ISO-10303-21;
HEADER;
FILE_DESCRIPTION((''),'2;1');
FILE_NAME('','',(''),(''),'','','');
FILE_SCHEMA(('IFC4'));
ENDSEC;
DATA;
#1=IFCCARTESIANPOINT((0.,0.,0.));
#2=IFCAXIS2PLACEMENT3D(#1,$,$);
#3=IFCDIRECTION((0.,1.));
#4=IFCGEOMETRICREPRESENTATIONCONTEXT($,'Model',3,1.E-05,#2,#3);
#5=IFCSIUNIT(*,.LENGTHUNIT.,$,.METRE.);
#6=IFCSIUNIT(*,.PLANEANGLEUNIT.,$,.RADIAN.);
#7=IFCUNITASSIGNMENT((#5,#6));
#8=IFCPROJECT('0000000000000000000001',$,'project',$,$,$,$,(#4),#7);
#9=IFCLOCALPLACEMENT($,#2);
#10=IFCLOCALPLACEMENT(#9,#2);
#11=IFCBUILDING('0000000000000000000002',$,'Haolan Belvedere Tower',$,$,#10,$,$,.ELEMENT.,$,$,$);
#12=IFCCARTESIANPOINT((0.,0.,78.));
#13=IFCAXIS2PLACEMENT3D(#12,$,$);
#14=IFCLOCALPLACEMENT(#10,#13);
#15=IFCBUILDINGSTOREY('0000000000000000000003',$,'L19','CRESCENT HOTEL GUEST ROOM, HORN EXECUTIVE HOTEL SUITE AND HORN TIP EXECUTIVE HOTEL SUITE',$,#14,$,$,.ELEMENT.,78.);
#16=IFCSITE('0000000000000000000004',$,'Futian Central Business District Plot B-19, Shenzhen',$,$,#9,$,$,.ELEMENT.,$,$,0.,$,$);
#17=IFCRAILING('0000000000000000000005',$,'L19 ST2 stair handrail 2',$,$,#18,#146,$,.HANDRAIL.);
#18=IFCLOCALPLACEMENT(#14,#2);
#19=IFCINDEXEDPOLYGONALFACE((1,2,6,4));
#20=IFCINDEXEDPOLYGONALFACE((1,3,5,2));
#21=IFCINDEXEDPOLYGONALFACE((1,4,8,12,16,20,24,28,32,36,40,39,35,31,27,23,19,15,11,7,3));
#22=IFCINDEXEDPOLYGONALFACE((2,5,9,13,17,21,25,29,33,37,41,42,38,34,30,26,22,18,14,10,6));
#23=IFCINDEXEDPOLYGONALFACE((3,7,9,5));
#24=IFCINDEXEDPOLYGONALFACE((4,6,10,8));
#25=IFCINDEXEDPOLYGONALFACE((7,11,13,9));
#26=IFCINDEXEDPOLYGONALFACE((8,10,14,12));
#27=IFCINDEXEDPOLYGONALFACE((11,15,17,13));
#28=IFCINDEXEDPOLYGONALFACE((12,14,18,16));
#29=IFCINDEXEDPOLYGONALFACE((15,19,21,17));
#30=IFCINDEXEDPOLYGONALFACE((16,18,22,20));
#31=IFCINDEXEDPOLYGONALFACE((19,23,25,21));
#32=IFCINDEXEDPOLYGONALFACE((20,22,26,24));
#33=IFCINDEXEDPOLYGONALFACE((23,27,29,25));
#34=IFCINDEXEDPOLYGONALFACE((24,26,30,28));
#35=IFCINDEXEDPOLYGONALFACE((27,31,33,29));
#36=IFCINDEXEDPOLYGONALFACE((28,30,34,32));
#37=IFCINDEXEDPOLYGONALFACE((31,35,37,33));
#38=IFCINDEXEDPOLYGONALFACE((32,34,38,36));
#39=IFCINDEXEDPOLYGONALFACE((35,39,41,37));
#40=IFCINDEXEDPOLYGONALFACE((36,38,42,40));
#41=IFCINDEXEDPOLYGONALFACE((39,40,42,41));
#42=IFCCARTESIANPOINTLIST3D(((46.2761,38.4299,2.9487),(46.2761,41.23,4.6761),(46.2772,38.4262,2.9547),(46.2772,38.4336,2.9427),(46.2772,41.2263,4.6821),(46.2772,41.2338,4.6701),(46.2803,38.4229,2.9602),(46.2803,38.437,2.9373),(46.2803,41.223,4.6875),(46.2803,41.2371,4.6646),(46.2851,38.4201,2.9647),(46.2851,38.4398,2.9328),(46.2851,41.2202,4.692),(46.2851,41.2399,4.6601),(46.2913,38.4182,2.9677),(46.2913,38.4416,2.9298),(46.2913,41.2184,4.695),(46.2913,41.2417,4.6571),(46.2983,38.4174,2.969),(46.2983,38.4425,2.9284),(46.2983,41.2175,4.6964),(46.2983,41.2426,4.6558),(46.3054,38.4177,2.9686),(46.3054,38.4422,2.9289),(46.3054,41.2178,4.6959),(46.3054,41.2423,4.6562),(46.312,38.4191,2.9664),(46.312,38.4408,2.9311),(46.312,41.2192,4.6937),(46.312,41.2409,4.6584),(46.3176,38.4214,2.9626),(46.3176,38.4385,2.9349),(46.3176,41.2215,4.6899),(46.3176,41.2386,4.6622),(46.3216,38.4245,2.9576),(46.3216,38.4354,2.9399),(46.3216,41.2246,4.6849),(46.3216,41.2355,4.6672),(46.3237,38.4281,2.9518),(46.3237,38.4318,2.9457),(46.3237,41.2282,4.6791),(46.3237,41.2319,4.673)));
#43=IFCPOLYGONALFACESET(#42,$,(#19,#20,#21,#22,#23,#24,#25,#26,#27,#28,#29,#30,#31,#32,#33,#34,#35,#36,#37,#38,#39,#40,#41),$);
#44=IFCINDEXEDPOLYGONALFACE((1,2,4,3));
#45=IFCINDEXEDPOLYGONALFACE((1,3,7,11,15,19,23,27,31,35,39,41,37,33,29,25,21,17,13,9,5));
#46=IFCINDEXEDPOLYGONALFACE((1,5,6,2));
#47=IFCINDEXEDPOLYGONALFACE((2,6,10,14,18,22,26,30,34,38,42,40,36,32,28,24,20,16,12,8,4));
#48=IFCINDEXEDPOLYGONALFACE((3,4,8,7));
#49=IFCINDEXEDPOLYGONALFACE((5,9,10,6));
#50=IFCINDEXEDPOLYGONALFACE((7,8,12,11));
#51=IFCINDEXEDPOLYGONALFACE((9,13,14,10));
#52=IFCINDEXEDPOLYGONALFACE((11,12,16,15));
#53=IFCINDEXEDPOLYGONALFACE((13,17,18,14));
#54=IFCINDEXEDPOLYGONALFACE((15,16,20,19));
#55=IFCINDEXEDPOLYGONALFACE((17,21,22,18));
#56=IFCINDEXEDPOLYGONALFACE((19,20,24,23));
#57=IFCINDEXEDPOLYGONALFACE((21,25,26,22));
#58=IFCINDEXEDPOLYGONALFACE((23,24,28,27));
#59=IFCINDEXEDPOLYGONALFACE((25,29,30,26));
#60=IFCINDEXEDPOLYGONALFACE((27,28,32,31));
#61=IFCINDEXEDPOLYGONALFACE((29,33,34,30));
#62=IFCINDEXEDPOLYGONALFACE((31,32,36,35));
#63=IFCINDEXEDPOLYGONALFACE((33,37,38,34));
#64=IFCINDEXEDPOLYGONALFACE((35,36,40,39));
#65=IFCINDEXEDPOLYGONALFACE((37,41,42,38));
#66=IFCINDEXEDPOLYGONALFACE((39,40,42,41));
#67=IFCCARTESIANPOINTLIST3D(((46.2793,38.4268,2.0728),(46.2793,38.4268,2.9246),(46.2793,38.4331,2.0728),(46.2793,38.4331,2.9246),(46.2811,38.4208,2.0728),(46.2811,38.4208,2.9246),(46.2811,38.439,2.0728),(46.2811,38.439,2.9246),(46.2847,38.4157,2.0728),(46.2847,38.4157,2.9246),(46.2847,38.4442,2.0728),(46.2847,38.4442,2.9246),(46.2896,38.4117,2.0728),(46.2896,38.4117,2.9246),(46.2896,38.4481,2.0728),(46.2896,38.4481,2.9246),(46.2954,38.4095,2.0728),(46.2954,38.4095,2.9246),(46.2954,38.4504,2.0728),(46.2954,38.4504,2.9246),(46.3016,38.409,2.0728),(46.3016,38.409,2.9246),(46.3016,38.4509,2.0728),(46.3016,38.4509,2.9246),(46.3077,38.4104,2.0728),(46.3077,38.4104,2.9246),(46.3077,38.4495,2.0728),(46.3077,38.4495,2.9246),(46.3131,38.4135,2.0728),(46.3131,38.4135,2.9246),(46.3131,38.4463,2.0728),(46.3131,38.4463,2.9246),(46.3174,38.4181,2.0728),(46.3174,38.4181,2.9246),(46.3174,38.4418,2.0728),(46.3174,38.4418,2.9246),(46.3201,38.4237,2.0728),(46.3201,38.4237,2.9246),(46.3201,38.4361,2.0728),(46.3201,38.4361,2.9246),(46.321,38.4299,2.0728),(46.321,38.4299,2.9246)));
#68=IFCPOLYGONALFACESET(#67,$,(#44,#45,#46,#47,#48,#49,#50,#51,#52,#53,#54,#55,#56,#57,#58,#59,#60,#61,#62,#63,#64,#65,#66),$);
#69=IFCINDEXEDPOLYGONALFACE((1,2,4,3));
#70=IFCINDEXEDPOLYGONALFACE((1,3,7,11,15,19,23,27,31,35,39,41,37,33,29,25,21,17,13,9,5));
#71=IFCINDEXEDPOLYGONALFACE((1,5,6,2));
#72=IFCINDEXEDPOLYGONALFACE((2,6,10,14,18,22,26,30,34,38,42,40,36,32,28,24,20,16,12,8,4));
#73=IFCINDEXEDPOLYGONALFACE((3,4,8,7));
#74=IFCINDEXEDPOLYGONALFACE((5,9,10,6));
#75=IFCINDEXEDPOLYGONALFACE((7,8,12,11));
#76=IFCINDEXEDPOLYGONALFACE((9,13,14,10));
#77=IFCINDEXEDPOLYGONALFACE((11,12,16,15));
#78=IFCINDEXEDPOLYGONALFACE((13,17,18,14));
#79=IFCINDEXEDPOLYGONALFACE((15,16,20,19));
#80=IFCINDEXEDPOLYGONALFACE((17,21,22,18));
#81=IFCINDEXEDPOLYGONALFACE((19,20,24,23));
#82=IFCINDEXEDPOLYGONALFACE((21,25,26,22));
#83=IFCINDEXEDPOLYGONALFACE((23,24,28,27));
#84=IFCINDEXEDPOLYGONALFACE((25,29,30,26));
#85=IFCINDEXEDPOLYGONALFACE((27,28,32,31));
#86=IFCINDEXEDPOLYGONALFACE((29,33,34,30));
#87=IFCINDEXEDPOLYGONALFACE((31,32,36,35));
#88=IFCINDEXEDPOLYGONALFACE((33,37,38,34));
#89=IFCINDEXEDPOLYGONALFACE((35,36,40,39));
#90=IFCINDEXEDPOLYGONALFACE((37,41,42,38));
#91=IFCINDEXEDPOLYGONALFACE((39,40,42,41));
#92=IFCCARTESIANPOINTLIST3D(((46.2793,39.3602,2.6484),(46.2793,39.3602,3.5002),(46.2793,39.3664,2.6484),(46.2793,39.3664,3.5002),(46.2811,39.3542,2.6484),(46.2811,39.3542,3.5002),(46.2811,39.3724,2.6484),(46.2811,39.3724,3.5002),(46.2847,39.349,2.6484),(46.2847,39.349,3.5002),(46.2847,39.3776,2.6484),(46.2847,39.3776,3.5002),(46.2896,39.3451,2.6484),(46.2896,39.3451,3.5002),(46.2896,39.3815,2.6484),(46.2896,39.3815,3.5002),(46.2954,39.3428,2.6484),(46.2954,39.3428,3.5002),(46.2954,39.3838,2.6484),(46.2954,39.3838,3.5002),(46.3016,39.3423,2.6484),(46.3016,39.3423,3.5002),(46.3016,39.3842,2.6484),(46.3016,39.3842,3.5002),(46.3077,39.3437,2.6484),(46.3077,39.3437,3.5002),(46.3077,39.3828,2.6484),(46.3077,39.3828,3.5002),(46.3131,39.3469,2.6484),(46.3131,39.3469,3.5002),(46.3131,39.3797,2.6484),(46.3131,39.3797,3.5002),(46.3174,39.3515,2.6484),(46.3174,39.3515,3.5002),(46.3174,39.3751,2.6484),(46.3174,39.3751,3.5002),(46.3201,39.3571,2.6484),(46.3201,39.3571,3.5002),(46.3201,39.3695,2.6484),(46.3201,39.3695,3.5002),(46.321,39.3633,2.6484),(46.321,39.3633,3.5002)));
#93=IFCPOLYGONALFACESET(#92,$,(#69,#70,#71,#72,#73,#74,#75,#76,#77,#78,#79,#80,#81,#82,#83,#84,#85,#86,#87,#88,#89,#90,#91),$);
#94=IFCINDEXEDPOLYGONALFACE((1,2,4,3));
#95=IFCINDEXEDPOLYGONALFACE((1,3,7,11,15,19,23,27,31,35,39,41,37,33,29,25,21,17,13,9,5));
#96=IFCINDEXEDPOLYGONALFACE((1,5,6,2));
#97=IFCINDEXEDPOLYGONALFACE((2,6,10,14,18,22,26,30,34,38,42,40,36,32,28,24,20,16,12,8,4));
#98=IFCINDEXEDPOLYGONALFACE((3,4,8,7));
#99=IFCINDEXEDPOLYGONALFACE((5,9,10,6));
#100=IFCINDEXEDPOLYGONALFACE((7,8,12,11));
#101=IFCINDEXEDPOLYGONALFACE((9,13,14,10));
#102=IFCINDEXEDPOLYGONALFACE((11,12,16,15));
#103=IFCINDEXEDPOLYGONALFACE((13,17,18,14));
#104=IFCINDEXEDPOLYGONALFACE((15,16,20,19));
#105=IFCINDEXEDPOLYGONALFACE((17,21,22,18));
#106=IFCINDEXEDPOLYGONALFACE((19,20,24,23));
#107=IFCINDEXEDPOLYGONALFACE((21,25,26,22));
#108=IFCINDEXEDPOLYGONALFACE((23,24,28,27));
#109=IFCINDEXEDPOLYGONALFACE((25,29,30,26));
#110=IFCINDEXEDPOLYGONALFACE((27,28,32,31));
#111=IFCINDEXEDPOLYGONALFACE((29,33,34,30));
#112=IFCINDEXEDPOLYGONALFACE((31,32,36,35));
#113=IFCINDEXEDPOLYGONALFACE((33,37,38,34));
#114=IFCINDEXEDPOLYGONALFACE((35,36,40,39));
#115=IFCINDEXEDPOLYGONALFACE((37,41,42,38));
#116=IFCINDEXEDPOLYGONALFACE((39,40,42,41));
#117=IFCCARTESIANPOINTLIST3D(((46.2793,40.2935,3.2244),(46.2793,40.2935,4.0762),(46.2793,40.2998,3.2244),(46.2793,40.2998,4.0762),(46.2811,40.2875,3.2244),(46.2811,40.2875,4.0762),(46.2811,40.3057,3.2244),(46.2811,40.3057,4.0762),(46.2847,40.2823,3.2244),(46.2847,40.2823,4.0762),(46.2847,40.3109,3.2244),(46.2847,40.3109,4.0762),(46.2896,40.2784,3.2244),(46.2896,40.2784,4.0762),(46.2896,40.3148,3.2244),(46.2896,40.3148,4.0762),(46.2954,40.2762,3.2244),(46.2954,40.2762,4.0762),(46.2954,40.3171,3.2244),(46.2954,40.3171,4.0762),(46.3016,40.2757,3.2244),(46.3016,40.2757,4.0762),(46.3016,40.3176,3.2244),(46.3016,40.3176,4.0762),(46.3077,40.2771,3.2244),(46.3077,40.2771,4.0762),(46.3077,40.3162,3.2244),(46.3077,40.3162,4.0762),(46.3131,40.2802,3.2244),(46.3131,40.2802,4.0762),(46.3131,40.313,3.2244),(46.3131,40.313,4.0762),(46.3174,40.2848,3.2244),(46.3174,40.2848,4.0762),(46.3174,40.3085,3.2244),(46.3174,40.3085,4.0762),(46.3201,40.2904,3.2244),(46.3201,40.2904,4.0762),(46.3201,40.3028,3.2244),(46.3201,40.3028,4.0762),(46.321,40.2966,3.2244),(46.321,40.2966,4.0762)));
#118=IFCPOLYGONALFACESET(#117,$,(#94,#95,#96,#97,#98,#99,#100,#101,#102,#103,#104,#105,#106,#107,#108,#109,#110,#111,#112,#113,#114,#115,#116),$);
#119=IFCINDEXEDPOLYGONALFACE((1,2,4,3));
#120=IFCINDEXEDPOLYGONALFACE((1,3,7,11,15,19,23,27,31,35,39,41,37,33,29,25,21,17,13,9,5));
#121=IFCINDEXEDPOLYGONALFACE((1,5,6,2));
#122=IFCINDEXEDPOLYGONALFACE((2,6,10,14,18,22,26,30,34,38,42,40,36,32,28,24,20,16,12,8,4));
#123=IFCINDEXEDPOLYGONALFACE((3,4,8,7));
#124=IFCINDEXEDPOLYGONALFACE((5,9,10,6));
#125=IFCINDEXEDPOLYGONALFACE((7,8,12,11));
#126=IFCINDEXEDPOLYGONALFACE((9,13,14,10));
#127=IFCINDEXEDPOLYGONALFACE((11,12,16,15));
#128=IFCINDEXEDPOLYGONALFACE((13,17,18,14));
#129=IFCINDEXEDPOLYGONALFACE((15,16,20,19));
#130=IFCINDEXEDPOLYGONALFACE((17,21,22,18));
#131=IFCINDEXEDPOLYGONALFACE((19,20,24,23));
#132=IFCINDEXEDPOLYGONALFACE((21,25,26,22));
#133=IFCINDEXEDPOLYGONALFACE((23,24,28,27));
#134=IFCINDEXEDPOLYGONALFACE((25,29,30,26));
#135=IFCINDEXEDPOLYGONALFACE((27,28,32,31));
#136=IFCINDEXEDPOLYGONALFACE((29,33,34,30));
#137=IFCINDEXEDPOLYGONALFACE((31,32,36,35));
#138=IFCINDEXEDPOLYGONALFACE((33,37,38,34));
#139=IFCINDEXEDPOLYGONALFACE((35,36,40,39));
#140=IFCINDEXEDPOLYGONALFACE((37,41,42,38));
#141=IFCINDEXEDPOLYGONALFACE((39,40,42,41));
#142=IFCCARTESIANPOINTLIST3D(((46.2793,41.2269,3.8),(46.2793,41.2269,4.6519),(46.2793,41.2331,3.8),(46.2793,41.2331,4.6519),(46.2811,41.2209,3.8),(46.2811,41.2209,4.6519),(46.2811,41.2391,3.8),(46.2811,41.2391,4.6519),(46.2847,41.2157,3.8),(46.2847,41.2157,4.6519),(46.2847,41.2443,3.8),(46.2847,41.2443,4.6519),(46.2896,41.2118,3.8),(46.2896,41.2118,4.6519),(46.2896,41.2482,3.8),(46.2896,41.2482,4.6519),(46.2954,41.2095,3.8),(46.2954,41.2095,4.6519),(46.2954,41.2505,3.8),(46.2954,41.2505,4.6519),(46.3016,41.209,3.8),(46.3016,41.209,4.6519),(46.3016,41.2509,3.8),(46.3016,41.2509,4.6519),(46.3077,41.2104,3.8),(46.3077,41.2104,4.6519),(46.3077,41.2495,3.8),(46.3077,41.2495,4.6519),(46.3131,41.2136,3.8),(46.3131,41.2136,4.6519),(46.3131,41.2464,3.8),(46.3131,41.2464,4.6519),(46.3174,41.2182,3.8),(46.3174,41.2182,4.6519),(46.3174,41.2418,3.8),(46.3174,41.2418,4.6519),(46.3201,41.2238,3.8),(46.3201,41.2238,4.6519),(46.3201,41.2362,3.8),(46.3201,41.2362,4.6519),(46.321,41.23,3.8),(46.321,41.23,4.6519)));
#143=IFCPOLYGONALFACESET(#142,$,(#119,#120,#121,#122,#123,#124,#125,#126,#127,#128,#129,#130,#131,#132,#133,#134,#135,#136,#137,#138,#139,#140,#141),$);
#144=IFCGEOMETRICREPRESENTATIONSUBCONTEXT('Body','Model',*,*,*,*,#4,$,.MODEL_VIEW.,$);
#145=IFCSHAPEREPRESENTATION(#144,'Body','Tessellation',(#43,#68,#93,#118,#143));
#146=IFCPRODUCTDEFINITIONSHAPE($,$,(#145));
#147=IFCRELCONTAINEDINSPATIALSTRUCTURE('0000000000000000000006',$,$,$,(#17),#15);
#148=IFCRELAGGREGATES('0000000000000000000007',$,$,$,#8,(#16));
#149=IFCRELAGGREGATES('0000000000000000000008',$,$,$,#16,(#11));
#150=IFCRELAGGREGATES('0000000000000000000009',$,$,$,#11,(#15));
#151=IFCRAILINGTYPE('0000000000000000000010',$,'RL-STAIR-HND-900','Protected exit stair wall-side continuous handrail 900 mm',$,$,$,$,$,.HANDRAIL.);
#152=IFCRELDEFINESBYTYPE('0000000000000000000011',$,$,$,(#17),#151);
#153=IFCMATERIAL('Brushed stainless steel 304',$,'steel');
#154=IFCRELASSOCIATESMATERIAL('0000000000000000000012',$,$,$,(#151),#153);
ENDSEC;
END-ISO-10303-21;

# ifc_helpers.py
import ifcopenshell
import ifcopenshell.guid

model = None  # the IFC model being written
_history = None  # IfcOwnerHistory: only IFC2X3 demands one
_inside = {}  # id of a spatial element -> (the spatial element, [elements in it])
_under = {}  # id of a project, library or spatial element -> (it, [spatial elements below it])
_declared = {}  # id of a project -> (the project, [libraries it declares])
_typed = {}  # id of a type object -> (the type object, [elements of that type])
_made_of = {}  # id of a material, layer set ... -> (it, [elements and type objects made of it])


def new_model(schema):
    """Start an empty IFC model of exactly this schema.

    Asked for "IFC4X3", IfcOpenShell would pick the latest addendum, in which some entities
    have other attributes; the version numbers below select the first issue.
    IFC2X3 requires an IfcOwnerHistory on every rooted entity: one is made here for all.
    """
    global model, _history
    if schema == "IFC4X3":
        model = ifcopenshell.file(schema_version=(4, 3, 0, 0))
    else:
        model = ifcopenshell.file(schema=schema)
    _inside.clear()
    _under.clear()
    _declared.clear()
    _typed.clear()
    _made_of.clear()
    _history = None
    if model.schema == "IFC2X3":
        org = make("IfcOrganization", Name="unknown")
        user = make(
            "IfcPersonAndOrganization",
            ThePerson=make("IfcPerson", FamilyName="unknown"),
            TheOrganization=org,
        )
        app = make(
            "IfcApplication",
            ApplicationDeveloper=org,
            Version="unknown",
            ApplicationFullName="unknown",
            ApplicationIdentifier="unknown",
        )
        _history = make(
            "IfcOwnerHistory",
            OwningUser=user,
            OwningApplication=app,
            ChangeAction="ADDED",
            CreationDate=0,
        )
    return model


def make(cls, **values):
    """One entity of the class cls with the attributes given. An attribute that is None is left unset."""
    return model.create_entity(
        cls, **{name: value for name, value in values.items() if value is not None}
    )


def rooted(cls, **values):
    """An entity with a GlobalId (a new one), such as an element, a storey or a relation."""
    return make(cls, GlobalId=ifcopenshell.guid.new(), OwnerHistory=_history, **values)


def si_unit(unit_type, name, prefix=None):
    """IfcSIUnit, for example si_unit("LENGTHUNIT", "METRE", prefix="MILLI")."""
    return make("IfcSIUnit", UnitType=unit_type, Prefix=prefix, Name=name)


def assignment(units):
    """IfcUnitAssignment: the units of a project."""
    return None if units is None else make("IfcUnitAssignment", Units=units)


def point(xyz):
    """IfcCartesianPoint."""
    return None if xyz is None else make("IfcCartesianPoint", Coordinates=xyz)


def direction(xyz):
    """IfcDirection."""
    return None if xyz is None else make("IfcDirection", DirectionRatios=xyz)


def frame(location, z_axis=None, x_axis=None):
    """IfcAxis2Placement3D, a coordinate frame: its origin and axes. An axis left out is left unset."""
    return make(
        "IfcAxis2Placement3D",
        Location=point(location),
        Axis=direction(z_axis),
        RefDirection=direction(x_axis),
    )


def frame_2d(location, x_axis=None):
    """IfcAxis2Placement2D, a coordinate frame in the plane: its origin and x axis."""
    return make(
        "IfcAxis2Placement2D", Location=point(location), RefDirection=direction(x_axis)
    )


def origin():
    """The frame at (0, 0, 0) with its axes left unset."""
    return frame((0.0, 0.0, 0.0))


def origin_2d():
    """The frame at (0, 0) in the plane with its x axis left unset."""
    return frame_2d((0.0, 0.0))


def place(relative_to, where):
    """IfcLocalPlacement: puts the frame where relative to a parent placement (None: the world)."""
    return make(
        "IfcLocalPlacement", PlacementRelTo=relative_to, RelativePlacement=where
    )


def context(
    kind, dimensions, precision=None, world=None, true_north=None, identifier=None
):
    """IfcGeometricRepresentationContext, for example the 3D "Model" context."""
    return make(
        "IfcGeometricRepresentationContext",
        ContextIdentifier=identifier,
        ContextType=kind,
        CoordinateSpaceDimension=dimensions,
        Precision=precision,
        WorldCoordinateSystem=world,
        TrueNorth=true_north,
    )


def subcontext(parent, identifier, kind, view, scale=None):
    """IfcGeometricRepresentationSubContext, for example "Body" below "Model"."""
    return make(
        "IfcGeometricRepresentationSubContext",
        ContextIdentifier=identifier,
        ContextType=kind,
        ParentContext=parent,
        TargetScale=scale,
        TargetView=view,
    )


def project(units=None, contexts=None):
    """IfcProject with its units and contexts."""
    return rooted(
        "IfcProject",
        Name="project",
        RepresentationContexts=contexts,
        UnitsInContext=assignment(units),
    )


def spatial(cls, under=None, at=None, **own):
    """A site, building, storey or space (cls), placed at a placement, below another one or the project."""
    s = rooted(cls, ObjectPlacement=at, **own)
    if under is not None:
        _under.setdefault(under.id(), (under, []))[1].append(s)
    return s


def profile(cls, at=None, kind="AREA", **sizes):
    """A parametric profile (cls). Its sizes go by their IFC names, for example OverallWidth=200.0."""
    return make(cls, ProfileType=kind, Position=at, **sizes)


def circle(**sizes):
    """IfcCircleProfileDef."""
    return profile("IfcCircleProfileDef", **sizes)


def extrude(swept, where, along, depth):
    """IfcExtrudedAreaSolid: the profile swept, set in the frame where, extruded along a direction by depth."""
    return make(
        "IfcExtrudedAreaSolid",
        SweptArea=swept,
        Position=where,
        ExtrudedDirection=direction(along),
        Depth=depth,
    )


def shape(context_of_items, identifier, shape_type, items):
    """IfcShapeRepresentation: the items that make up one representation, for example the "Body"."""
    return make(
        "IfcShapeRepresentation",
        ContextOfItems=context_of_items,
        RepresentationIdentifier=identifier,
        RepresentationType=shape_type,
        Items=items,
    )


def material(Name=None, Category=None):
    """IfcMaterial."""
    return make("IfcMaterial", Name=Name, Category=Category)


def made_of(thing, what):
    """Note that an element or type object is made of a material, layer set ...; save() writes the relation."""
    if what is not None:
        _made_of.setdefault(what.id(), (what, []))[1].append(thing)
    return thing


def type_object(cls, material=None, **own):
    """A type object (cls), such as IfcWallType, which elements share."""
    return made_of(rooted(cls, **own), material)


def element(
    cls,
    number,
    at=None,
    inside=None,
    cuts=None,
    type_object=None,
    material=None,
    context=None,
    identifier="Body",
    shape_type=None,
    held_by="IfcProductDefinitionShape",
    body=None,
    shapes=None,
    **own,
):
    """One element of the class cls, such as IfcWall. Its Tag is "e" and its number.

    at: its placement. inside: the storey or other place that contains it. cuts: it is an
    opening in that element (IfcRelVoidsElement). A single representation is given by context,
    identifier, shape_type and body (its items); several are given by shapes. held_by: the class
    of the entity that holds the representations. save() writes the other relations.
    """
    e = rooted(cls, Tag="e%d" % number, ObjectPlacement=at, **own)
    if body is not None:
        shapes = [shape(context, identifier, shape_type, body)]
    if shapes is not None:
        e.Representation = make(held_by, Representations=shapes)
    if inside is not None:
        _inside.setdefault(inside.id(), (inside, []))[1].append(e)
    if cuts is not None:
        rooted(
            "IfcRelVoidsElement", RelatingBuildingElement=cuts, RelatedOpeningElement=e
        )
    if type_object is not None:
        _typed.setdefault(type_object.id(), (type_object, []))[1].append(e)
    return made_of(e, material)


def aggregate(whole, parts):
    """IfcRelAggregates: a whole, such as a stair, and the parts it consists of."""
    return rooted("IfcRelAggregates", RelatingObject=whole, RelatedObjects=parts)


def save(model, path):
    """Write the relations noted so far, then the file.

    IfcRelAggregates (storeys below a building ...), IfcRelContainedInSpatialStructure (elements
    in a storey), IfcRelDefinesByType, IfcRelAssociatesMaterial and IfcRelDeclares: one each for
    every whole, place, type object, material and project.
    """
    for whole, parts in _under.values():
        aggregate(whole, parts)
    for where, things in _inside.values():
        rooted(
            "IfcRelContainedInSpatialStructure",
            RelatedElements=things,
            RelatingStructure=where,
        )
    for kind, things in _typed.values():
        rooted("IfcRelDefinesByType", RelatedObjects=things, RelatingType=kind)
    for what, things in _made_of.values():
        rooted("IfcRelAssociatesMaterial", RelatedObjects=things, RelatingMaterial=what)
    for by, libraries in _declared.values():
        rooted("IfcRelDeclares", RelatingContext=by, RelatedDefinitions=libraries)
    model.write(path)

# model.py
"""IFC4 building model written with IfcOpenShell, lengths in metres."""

from ifc_helpers import new_model, si_unit, direction, frame, origin, origin_2d, place, context, subcontext, project, spatial, circle, extrude, material, type_object, element, save


model = new_model("IFC4")

# Units and contexts
model_context = context("Model", 3, precision=1e-05, world=origin(), true_north=direction((0.0, 1.0)))
body_context = subcontext(model_context, "Body", "Model", "MODEL_VIEW")
ifc_project = project(units=[si_unit("LENGTHUNIT", "METRE"), si_unit("PLANEANGLEUNIT", "RADIAN")], contexts=[model_context])

# Site, building, storey
site_placement = place(None, origin())
site = spatial("IfcSite", under=ifc_project, at=site_placement, Name="Futian Central Business District Plot B-19, Shenzhen", CompositionType="ELEMENT", RefElevation=0.0)
building_placement = place(site_placement, origin())
building = spatial("IfcBuilding", under=site, at=building_placement, Name="Haolan Belvedere Tower", CompositionType="ELEMENT")
storey_placement = place(building_placement, frame((0.0, 0.0, 78.0)))
storey = spatial("IfcBuildingStorey", under=building, at=storey_placement, Name="L19", Description="CRESCENT HOTEL GUEST ROOM, HORN EXECUTIVE HOTEL SUITE AND HORN TIP EXECUTIVE HOTEL SUITE", CompositionType="ELEMENT", Elevation=78.0)

# Railing
ifc_material_1 = material(Name="Brushed stainless steel 304", Category="steel")
railing_type_1 = type_object("IfcRailingType", Name="RL-STAIR-HND-900", Description="Protected exit stair wall-side continuous handrail 900 mm", PredefinedType="HANDRAIL", material=ifc_material_1)
railing_1_placement = place(storey_placement, frame((46.3, 38.4299, 2.0728)))
element("IfcRailing", 1, at=railing_1_placement, inside=storey, type_object=railing_type_1, Name="L19 ST2 stair handrail 2", PredefinedType="HANDRAIL", context=body_context, shape_type="SweptSolid", body=[
    extrude(circle(Radius=0.0239, at=origin_2d()), frame((0.0, 0.0, 0.876), z_axis=(0.0, 0.85109, 0.52502), x_axis=(-1.0, 0.0, 0.0)), (0.0, 0.0, 1.0), 3.29),
    extrude(circle(Radius=0.021, at=origin_2d()), origin(), (0.0, 0.0, 1.0), 0.8518),
    extrude(circle(Radius=0.021, at=origin_2d()), frame((0.0, 0.9333, 0.5757)), (0.0, 0.0, 1.0), 0.8518),
    extrude(circle(Radius=0.021, at=origin_2d()), frame((0.0, 1.8667, 1.1516)), (0.0, 0.0, 1.0), 0.8518),
    extrude(circle(Radius=0.021, at=origin_2d()), frame((0.0, 2.8, 1.7273)), (0.0, 0.0, 1.0), 0.8518),
])

save(model, "model.ifc")
